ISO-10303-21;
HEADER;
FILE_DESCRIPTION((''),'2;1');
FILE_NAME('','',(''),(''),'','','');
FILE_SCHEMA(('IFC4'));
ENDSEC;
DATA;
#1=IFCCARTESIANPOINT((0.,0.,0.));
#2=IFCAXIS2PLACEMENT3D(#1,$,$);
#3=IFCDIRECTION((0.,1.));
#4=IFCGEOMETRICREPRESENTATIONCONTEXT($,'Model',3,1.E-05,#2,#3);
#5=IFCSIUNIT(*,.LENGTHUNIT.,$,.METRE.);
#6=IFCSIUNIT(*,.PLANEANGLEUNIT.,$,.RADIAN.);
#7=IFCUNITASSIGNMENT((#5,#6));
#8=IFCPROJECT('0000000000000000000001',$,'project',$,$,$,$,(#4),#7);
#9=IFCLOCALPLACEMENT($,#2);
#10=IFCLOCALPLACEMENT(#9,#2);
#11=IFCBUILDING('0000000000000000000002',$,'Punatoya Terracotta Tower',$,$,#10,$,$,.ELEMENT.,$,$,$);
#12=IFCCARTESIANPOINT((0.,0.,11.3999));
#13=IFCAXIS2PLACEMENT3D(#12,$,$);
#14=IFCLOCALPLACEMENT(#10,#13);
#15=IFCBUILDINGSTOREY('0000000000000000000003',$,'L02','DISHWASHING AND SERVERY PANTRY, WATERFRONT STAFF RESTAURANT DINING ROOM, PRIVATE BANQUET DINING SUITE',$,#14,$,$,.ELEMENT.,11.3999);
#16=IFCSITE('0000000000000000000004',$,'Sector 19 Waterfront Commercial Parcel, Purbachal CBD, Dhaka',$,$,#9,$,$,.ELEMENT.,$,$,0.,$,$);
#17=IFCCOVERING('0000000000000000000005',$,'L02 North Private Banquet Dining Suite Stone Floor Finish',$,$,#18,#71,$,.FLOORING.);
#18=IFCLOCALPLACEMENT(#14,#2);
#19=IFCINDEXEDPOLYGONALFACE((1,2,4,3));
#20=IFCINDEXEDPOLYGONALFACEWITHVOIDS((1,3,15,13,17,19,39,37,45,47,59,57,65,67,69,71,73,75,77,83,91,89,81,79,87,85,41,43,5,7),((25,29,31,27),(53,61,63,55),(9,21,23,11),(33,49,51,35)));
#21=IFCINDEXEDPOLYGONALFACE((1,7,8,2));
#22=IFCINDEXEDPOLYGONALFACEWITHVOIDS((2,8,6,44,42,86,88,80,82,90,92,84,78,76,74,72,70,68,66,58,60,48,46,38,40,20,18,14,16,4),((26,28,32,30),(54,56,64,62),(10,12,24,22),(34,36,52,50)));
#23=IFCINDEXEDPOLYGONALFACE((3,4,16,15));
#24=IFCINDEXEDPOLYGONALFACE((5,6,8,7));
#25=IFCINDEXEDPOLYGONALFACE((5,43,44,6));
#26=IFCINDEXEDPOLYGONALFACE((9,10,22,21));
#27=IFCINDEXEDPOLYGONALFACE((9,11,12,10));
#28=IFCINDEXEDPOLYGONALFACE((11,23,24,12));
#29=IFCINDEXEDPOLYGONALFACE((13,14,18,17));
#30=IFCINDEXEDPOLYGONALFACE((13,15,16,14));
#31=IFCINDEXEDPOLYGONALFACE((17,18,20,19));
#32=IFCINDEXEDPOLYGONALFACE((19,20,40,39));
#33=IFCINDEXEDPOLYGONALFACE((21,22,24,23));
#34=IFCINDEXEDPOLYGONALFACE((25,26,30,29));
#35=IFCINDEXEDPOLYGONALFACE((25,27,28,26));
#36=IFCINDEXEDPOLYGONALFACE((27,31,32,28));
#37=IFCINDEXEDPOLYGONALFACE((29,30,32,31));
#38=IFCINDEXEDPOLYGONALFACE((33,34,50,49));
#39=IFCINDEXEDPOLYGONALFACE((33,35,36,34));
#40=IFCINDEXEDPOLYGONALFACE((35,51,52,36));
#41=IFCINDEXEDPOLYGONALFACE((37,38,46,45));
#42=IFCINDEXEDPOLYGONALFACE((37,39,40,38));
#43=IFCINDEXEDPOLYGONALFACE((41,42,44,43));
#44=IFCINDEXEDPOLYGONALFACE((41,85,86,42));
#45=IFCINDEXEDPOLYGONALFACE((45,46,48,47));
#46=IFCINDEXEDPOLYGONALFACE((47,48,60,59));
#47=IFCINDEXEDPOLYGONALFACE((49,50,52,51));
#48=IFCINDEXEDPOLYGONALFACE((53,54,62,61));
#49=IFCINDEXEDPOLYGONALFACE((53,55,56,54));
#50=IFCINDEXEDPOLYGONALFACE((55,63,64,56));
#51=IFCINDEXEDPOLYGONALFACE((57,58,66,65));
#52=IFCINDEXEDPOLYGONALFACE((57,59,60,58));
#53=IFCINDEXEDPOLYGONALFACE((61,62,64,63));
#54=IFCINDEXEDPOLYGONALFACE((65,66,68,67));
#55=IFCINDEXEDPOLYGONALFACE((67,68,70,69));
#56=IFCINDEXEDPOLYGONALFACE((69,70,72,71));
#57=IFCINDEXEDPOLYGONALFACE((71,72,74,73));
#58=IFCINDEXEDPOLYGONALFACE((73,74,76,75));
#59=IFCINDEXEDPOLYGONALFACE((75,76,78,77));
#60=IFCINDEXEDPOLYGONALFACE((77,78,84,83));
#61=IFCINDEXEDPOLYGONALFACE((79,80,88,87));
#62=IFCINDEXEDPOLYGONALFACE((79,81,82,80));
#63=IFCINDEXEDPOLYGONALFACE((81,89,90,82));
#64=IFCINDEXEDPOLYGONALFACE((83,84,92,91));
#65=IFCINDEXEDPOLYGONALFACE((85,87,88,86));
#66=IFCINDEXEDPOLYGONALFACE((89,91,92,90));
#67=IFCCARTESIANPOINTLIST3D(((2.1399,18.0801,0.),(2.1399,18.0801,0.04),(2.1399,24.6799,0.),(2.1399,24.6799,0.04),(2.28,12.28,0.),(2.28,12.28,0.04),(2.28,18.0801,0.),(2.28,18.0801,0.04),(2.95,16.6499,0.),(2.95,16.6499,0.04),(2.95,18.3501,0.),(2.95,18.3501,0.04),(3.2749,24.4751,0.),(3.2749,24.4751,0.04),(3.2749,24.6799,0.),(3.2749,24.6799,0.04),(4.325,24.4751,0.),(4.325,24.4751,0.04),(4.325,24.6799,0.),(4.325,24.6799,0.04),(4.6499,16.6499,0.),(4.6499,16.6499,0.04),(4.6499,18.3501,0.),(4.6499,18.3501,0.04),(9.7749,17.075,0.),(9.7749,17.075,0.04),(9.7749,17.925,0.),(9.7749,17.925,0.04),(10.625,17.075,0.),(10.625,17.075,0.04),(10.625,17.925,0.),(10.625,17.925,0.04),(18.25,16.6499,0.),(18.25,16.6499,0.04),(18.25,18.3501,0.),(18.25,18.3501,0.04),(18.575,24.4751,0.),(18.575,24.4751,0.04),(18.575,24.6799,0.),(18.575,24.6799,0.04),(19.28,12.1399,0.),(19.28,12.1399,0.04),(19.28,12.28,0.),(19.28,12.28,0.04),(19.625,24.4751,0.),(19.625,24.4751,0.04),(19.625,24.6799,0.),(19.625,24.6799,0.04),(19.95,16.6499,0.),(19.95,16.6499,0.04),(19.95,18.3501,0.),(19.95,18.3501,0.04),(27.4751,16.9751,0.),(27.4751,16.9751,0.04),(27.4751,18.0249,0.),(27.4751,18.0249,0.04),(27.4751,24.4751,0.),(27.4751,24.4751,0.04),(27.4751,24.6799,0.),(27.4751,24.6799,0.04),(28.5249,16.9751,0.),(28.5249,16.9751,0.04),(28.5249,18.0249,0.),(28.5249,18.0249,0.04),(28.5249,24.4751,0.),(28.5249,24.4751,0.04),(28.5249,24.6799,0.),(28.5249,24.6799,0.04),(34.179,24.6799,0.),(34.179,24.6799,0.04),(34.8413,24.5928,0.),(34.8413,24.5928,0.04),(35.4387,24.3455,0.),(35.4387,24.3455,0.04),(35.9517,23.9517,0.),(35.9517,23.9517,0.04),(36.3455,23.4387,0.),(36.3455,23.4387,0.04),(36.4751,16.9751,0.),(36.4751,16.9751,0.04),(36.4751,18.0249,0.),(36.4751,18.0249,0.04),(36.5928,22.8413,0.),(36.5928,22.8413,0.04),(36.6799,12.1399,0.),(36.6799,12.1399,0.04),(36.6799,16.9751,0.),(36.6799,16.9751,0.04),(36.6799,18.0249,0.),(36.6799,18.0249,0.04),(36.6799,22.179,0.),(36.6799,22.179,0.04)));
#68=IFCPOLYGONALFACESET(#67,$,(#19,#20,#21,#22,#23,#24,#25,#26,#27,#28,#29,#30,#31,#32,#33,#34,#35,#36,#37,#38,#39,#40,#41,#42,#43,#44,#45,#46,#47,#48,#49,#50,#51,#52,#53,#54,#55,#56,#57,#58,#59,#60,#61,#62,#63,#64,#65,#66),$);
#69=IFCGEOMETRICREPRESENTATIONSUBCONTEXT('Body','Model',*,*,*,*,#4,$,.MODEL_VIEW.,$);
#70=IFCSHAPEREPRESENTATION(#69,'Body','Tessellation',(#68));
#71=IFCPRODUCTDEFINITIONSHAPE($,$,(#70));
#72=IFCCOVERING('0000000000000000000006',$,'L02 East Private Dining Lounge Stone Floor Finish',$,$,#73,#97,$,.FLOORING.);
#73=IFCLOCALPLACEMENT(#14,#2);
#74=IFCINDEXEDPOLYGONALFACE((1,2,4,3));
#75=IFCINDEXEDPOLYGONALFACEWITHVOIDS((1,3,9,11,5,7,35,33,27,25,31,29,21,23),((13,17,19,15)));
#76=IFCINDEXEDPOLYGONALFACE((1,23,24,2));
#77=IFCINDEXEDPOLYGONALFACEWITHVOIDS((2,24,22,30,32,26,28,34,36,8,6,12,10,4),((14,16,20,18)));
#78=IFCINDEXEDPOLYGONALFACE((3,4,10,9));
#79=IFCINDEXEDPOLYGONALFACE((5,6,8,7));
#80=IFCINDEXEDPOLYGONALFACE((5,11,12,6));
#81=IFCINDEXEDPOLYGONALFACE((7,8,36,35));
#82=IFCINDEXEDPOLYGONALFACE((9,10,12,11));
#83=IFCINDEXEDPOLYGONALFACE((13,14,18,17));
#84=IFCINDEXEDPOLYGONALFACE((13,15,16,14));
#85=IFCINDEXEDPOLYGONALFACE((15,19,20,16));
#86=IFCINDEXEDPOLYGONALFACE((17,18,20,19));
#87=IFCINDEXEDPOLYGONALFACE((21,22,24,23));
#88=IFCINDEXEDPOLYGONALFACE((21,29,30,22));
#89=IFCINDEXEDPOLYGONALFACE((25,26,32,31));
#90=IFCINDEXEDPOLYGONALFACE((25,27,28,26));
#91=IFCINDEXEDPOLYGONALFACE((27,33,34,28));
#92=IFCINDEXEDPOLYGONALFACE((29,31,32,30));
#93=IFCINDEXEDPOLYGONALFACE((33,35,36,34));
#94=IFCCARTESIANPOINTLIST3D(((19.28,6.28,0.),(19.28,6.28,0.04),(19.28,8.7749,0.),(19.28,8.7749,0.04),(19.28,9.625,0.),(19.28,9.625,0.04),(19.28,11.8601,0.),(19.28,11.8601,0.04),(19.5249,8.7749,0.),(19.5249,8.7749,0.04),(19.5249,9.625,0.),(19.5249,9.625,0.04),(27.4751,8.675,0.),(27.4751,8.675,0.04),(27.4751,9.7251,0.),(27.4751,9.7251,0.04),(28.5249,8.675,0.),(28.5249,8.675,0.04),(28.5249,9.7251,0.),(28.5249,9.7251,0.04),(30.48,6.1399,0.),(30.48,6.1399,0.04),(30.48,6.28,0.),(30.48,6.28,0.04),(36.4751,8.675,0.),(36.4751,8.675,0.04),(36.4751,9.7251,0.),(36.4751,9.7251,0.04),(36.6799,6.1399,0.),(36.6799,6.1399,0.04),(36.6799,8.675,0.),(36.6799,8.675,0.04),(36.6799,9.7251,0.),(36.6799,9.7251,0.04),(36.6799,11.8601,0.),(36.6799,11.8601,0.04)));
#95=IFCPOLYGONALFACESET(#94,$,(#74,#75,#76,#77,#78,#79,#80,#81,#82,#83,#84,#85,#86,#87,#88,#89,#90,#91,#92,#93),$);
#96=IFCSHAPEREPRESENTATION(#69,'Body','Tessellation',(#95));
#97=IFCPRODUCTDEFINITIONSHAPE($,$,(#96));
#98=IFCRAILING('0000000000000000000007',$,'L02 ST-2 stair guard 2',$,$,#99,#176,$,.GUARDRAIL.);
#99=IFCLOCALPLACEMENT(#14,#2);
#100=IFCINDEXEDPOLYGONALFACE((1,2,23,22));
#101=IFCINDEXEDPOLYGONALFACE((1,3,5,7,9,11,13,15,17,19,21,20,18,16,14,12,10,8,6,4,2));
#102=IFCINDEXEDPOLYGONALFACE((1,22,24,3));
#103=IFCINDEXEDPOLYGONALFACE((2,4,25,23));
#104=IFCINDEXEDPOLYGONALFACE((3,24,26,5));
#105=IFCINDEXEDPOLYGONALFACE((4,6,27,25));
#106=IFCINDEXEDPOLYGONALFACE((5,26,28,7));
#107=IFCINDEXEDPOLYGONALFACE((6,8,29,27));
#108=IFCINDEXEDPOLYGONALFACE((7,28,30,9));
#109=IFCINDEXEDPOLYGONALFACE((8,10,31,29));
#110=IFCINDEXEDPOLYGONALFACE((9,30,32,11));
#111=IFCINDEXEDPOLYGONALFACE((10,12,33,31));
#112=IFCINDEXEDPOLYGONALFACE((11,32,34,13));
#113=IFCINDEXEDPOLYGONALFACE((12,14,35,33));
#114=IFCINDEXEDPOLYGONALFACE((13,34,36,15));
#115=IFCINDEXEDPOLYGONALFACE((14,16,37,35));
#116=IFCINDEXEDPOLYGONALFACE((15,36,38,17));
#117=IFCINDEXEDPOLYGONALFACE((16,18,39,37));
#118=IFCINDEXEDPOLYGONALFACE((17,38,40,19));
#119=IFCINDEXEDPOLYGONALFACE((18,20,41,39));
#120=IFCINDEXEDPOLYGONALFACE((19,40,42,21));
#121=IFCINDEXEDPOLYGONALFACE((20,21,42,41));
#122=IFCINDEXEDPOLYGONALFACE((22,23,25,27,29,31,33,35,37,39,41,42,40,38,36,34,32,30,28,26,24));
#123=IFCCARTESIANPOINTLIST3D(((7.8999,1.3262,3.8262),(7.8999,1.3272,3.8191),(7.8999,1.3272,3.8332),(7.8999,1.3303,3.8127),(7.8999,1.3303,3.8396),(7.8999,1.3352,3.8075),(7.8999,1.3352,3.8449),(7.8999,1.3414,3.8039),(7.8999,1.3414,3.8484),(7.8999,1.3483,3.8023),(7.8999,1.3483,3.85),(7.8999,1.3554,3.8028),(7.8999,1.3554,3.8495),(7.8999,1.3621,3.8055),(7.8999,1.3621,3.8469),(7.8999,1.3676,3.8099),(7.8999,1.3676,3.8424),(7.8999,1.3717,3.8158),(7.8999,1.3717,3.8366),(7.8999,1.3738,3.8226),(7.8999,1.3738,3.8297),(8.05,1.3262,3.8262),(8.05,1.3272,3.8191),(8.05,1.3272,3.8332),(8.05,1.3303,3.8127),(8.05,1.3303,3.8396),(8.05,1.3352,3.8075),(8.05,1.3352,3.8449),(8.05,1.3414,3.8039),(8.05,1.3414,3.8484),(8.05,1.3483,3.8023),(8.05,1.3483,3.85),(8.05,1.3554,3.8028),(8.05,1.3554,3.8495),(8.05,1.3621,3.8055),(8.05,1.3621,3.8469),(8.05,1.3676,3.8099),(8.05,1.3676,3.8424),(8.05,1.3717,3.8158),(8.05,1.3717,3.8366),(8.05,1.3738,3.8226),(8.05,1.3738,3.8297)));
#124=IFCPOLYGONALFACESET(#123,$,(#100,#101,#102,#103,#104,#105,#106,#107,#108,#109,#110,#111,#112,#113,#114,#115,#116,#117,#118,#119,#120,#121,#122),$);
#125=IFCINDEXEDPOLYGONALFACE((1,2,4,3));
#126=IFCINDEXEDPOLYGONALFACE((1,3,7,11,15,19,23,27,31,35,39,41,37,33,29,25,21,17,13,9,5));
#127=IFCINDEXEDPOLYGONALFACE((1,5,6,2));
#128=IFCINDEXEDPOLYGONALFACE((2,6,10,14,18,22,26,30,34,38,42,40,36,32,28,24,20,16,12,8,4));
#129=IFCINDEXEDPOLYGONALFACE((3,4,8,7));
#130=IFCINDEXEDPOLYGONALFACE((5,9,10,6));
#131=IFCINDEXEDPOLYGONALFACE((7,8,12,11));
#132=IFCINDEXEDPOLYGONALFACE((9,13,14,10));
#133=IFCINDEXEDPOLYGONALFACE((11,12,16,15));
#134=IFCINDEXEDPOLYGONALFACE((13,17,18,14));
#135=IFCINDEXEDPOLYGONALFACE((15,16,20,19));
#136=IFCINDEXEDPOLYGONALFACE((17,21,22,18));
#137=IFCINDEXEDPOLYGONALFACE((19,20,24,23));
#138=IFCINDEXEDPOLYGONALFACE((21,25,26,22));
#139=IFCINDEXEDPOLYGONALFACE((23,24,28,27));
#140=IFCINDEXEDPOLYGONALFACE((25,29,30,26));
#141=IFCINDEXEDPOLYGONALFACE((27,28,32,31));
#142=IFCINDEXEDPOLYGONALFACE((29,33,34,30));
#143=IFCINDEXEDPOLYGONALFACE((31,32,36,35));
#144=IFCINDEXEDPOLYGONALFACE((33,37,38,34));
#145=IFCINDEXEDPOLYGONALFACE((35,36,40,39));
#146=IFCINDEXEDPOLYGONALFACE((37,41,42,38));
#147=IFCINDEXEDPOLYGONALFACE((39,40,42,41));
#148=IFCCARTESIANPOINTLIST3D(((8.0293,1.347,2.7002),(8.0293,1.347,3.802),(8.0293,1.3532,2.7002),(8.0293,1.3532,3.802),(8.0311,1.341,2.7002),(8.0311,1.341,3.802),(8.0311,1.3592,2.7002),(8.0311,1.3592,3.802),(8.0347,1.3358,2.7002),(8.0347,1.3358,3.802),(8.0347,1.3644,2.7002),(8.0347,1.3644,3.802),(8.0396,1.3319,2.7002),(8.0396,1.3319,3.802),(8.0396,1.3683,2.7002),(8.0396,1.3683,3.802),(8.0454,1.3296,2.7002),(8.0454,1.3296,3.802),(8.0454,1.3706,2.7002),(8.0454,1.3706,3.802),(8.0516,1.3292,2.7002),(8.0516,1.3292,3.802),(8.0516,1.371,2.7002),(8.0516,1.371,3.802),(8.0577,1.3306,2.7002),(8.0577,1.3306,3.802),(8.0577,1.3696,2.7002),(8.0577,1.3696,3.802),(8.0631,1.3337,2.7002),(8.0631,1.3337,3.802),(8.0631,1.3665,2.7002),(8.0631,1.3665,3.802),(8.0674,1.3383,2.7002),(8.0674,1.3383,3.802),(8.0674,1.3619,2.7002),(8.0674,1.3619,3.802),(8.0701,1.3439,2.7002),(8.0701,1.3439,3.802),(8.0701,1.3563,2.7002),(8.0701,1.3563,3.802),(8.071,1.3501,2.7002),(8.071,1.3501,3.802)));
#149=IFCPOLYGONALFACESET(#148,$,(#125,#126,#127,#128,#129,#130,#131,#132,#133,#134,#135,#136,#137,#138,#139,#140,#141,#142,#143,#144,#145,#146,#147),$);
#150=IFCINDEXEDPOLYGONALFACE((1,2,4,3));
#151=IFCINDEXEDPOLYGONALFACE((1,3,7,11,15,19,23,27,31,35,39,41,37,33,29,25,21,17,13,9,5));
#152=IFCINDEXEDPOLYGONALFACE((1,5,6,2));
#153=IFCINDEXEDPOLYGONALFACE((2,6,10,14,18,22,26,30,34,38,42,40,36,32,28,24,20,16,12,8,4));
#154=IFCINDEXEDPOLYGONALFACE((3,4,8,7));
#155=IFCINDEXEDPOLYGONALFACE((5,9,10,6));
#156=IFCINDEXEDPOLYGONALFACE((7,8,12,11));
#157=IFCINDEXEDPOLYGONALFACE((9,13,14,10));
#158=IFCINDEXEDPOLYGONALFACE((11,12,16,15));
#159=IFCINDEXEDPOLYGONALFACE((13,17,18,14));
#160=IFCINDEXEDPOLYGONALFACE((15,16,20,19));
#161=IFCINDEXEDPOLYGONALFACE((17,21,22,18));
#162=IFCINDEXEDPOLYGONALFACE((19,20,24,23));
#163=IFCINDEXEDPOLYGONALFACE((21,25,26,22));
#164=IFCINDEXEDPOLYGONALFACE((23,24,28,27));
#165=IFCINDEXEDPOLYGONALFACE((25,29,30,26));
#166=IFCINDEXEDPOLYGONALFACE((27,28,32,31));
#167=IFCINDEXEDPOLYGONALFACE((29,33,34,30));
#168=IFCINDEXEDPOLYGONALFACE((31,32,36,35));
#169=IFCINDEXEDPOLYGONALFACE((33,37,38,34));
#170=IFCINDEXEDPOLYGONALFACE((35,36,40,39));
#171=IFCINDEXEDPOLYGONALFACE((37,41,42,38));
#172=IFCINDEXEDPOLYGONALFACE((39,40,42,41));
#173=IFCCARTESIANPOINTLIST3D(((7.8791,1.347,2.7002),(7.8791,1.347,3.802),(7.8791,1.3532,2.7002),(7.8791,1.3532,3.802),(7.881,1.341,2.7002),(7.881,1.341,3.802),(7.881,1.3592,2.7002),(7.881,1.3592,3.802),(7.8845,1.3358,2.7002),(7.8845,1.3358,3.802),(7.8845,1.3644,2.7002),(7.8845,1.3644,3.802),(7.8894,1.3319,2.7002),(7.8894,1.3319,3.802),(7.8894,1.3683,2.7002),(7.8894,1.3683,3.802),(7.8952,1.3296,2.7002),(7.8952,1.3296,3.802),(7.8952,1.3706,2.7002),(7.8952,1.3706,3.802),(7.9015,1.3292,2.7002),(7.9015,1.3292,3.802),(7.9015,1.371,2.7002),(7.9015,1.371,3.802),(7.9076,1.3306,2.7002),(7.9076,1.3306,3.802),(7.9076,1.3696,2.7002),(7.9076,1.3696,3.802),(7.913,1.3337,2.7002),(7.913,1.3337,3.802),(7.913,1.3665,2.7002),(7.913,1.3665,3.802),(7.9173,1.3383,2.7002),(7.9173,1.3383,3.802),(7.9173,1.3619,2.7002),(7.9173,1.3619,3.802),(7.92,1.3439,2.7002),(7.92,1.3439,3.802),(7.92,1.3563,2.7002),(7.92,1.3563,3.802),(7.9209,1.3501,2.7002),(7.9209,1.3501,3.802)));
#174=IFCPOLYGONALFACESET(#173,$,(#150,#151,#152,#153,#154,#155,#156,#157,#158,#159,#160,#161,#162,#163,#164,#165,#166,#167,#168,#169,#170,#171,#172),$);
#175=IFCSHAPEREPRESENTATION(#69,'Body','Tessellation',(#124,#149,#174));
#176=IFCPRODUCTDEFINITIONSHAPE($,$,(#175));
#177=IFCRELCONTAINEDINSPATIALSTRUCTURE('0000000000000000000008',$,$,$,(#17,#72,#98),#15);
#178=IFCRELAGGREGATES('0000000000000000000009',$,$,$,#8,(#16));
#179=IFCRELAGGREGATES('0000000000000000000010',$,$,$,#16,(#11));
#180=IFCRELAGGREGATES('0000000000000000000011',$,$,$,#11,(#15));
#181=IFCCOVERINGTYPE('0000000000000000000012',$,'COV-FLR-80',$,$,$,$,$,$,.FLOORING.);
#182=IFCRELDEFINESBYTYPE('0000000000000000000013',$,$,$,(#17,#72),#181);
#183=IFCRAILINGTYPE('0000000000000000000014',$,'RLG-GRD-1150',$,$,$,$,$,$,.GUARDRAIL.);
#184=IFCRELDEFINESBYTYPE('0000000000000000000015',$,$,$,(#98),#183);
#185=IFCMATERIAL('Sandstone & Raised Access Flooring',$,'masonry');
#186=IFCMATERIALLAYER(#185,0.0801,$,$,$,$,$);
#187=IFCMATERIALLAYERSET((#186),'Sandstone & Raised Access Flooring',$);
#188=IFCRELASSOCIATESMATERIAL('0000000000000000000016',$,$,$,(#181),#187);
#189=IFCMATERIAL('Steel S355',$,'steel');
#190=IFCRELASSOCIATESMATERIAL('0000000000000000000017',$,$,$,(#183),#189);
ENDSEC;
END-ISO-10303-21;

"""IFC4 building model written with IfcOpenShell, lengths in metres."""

from ifc_helpers import new_model, si_unit, direction, frame, origin, origin_2d, place, context, subcontext, project, spatial, polyline, circle, outline, extrude, material, layer, layer_set, type_object, element, save


model = new_model("IFC4")

# Units and contexts
model_context = context("Model", 3, precision=1e-05, world=origin(), true_north=direction((0.0, 1.0)))
body_context = subcontext(model_context, "Body", "Model", "MODEL_VIEW")
ifc_project = project(units=[si_unit("LENGTHUNIT", "METRE"), si_unit("PLANEANGLEUNIT", "RADIAN")], contexts=[model_context])

# Site, building, storey
site_placement = place(None, origin())
site = spatial("IfcSite", under=ifc_project, at=site_placement, Name="Sector 19 Waterfront Commercial Parcel, Purbachal CBD, Dhaka", CompositionType="ELEMENT", RefElevation=0.0)
building_placement = place(site_placement, origin())
building = spatial("IfcBuilding", under=site, at=building_placement, Name="Punatoya Terracotta Tower", CompositionType="ELEMENT")
storey_placement = place(building_placement, frame((0.0, 0.0, 11.3999)))
storey = spatial("IfcBuildingStorey", under=building, at=storey_placement, Name="L02", Description="DISHWASHING AND SERVERY PANTRY, WATERFRONT STAFF RESTAURANT DINING ROOM, PRIVATE BANQUET DINING SUITE", CompositionType="ELEMENT", Elevation=11.3999)

# Shared definitions
ifc_material_1 = material(Name="Steel S355", Category="steel")

# Coverings
ifc_material_2 = material(Name="Sandstone & Raised Access Flooring", Category="masonry")
ifc_layer_1 = layer(ifc_material_2, 0.0801)
ifc_layer_set_1 = layer_set([ifc_layer_1], Name="Sandstone & Raised Access Flooring")
covering_type_1 = type_object("IfcCoveringType", Name="COV-FLR-80", PredefinedType="FLOORING", material=ifc_layer_set_1)
covering_1_placement = place(storey_placement, origin())
element("IfcCovering", 1, at=covering_1_placement, inside=storey, type_object=covering_type_1, Name="L02 North Private Banquet Dining Suite Stone Floor Finish", PredefinedType="FLOORING", context=body_context, shape_type="SweptSolid", body=[
    extrude(outline(polyline([(19.625, 24.4751), (18.575, 24.4751), (18.575, 24.6799), (4.325, 24.6799), (4.325, 24.4751), (3.2749, 24.4751), (3.2749, 24.6799), (2.1399, 24.6799), (2.1399, 18.0801), (2.28, 18.0801), (2.28, 12.28), (19.28, 12.28), (19.28, 12.1399), (36.6799, 12.1399), (36.6799, 16.9751), (36.4751, 16.9751), (36.4751, 18.0249), (36.6799, 18.0249), (36.6799, 22.179), (36.5928, 22.8413), (36.3455, 23.4387), (35.9517, 23.9517), (35.4387, 24.3455), (34.8413, 24.5928), (34.179, 24.6799), (28.5249, 24.6799), (28.5249, 24.4751), (27.4751, 24.4751), (27.4751, 24.6799), (19.625, 24.6799), (19.625, 24.4751)]), holes=[polyline([(28.5249, 18.0249), (28.5249, 16.9751), (27.4751, 16.9751), (27.4751, 18.0249), (28.5249, 18.0249)]), polyline([(19.95, 18.3501), (19.95, 16.6499), (18.25, 16.6499), (18.25, 18.3501), (19.95, 18.3501)]), polyline([(10.625, 17.075), (9.7749, 17.075), (9.7749, 17.925), (10.625, 17.925), (10.625, 17.075)]), polyline([(4.6499, 16.6499), (2.95, 16.6499), (2.95, 18.3501), (4.6499, 18.3501), (4.6499, 16.6499)])]), origin(), (0.0, 0.0, 1.0), 0.04),
])
covering_2_placement = place(storey_placement, origin())
element("IfcCovering", 2, at=covering_2_placement, inside=storey, type_object=covering_type_1, Name="L02 East Private Dining Lounge Stone Floor Finish", PredefinedType="FLOORING", context=body_context, shape_type="SweptSolid", body=[
    extrude(outline(polyline([(36.4751, 8.675), (36.4751, 9.7251), (36.6799, 9.7251), (36.6799, 11.8601), (19.28, 11.8601), (19.28, 9.625), (19.5249, 9.625), (19.5249, 8.7749), (19.28, 8.7749), (19.28, 6.28), (30.48, 6.28), (30.48, 6.1399), (36.6799, 6.1399), (36.6799, 8.675), (36.4751, 8.675)]), holes=[polyline([(28.5249, 8.675), (27.4751, 8.675), (27.4751, 9.7251), (28.5249, 9.7251), (28.5249, 8.675)])]), origin(), (0.0, 0.0, 1.0), 0.04),
])

# Railing
railing_type_1 = type_object("IfcRailingType", Name="RLG-GRD-1150", PredefinedType="GUARDRAIL", material=ifc_material_1)
railing_1_placement = place(storey_placement, frame((8.05, 1.3501, 2.7002)))
element("IfcRailing", 3, at=railing_1_placement, inside=storey, type_object=railing_type_1, Name="L02 ST-2 stair guard 2", PredefinedType="GUARDRAIL", context=body_context, shape_type="SweptSolid", body=[
    extrude(circle(Radius=0.0239, at=origin_2d()), frame((0.0, 0.0, 1.126), z_axis=(-1.0, 0.0, 0.0), x_axis=(0.0, -1.0, 0.0)), (0.0, 0.0, 1.0), 0.1501),
    extrude(circle(Radius=0.021, at=origin_2d()), origin(), (0.0, 0.0, 1.0), 1.1018),
    extrude(circle(Radius=0.021, at=origin_2d()), frame((-0.1501, 0.0, 0.0)), (0.0, 0.0, 1.0), 1.1018),
])

save(model, "model.ifc")
